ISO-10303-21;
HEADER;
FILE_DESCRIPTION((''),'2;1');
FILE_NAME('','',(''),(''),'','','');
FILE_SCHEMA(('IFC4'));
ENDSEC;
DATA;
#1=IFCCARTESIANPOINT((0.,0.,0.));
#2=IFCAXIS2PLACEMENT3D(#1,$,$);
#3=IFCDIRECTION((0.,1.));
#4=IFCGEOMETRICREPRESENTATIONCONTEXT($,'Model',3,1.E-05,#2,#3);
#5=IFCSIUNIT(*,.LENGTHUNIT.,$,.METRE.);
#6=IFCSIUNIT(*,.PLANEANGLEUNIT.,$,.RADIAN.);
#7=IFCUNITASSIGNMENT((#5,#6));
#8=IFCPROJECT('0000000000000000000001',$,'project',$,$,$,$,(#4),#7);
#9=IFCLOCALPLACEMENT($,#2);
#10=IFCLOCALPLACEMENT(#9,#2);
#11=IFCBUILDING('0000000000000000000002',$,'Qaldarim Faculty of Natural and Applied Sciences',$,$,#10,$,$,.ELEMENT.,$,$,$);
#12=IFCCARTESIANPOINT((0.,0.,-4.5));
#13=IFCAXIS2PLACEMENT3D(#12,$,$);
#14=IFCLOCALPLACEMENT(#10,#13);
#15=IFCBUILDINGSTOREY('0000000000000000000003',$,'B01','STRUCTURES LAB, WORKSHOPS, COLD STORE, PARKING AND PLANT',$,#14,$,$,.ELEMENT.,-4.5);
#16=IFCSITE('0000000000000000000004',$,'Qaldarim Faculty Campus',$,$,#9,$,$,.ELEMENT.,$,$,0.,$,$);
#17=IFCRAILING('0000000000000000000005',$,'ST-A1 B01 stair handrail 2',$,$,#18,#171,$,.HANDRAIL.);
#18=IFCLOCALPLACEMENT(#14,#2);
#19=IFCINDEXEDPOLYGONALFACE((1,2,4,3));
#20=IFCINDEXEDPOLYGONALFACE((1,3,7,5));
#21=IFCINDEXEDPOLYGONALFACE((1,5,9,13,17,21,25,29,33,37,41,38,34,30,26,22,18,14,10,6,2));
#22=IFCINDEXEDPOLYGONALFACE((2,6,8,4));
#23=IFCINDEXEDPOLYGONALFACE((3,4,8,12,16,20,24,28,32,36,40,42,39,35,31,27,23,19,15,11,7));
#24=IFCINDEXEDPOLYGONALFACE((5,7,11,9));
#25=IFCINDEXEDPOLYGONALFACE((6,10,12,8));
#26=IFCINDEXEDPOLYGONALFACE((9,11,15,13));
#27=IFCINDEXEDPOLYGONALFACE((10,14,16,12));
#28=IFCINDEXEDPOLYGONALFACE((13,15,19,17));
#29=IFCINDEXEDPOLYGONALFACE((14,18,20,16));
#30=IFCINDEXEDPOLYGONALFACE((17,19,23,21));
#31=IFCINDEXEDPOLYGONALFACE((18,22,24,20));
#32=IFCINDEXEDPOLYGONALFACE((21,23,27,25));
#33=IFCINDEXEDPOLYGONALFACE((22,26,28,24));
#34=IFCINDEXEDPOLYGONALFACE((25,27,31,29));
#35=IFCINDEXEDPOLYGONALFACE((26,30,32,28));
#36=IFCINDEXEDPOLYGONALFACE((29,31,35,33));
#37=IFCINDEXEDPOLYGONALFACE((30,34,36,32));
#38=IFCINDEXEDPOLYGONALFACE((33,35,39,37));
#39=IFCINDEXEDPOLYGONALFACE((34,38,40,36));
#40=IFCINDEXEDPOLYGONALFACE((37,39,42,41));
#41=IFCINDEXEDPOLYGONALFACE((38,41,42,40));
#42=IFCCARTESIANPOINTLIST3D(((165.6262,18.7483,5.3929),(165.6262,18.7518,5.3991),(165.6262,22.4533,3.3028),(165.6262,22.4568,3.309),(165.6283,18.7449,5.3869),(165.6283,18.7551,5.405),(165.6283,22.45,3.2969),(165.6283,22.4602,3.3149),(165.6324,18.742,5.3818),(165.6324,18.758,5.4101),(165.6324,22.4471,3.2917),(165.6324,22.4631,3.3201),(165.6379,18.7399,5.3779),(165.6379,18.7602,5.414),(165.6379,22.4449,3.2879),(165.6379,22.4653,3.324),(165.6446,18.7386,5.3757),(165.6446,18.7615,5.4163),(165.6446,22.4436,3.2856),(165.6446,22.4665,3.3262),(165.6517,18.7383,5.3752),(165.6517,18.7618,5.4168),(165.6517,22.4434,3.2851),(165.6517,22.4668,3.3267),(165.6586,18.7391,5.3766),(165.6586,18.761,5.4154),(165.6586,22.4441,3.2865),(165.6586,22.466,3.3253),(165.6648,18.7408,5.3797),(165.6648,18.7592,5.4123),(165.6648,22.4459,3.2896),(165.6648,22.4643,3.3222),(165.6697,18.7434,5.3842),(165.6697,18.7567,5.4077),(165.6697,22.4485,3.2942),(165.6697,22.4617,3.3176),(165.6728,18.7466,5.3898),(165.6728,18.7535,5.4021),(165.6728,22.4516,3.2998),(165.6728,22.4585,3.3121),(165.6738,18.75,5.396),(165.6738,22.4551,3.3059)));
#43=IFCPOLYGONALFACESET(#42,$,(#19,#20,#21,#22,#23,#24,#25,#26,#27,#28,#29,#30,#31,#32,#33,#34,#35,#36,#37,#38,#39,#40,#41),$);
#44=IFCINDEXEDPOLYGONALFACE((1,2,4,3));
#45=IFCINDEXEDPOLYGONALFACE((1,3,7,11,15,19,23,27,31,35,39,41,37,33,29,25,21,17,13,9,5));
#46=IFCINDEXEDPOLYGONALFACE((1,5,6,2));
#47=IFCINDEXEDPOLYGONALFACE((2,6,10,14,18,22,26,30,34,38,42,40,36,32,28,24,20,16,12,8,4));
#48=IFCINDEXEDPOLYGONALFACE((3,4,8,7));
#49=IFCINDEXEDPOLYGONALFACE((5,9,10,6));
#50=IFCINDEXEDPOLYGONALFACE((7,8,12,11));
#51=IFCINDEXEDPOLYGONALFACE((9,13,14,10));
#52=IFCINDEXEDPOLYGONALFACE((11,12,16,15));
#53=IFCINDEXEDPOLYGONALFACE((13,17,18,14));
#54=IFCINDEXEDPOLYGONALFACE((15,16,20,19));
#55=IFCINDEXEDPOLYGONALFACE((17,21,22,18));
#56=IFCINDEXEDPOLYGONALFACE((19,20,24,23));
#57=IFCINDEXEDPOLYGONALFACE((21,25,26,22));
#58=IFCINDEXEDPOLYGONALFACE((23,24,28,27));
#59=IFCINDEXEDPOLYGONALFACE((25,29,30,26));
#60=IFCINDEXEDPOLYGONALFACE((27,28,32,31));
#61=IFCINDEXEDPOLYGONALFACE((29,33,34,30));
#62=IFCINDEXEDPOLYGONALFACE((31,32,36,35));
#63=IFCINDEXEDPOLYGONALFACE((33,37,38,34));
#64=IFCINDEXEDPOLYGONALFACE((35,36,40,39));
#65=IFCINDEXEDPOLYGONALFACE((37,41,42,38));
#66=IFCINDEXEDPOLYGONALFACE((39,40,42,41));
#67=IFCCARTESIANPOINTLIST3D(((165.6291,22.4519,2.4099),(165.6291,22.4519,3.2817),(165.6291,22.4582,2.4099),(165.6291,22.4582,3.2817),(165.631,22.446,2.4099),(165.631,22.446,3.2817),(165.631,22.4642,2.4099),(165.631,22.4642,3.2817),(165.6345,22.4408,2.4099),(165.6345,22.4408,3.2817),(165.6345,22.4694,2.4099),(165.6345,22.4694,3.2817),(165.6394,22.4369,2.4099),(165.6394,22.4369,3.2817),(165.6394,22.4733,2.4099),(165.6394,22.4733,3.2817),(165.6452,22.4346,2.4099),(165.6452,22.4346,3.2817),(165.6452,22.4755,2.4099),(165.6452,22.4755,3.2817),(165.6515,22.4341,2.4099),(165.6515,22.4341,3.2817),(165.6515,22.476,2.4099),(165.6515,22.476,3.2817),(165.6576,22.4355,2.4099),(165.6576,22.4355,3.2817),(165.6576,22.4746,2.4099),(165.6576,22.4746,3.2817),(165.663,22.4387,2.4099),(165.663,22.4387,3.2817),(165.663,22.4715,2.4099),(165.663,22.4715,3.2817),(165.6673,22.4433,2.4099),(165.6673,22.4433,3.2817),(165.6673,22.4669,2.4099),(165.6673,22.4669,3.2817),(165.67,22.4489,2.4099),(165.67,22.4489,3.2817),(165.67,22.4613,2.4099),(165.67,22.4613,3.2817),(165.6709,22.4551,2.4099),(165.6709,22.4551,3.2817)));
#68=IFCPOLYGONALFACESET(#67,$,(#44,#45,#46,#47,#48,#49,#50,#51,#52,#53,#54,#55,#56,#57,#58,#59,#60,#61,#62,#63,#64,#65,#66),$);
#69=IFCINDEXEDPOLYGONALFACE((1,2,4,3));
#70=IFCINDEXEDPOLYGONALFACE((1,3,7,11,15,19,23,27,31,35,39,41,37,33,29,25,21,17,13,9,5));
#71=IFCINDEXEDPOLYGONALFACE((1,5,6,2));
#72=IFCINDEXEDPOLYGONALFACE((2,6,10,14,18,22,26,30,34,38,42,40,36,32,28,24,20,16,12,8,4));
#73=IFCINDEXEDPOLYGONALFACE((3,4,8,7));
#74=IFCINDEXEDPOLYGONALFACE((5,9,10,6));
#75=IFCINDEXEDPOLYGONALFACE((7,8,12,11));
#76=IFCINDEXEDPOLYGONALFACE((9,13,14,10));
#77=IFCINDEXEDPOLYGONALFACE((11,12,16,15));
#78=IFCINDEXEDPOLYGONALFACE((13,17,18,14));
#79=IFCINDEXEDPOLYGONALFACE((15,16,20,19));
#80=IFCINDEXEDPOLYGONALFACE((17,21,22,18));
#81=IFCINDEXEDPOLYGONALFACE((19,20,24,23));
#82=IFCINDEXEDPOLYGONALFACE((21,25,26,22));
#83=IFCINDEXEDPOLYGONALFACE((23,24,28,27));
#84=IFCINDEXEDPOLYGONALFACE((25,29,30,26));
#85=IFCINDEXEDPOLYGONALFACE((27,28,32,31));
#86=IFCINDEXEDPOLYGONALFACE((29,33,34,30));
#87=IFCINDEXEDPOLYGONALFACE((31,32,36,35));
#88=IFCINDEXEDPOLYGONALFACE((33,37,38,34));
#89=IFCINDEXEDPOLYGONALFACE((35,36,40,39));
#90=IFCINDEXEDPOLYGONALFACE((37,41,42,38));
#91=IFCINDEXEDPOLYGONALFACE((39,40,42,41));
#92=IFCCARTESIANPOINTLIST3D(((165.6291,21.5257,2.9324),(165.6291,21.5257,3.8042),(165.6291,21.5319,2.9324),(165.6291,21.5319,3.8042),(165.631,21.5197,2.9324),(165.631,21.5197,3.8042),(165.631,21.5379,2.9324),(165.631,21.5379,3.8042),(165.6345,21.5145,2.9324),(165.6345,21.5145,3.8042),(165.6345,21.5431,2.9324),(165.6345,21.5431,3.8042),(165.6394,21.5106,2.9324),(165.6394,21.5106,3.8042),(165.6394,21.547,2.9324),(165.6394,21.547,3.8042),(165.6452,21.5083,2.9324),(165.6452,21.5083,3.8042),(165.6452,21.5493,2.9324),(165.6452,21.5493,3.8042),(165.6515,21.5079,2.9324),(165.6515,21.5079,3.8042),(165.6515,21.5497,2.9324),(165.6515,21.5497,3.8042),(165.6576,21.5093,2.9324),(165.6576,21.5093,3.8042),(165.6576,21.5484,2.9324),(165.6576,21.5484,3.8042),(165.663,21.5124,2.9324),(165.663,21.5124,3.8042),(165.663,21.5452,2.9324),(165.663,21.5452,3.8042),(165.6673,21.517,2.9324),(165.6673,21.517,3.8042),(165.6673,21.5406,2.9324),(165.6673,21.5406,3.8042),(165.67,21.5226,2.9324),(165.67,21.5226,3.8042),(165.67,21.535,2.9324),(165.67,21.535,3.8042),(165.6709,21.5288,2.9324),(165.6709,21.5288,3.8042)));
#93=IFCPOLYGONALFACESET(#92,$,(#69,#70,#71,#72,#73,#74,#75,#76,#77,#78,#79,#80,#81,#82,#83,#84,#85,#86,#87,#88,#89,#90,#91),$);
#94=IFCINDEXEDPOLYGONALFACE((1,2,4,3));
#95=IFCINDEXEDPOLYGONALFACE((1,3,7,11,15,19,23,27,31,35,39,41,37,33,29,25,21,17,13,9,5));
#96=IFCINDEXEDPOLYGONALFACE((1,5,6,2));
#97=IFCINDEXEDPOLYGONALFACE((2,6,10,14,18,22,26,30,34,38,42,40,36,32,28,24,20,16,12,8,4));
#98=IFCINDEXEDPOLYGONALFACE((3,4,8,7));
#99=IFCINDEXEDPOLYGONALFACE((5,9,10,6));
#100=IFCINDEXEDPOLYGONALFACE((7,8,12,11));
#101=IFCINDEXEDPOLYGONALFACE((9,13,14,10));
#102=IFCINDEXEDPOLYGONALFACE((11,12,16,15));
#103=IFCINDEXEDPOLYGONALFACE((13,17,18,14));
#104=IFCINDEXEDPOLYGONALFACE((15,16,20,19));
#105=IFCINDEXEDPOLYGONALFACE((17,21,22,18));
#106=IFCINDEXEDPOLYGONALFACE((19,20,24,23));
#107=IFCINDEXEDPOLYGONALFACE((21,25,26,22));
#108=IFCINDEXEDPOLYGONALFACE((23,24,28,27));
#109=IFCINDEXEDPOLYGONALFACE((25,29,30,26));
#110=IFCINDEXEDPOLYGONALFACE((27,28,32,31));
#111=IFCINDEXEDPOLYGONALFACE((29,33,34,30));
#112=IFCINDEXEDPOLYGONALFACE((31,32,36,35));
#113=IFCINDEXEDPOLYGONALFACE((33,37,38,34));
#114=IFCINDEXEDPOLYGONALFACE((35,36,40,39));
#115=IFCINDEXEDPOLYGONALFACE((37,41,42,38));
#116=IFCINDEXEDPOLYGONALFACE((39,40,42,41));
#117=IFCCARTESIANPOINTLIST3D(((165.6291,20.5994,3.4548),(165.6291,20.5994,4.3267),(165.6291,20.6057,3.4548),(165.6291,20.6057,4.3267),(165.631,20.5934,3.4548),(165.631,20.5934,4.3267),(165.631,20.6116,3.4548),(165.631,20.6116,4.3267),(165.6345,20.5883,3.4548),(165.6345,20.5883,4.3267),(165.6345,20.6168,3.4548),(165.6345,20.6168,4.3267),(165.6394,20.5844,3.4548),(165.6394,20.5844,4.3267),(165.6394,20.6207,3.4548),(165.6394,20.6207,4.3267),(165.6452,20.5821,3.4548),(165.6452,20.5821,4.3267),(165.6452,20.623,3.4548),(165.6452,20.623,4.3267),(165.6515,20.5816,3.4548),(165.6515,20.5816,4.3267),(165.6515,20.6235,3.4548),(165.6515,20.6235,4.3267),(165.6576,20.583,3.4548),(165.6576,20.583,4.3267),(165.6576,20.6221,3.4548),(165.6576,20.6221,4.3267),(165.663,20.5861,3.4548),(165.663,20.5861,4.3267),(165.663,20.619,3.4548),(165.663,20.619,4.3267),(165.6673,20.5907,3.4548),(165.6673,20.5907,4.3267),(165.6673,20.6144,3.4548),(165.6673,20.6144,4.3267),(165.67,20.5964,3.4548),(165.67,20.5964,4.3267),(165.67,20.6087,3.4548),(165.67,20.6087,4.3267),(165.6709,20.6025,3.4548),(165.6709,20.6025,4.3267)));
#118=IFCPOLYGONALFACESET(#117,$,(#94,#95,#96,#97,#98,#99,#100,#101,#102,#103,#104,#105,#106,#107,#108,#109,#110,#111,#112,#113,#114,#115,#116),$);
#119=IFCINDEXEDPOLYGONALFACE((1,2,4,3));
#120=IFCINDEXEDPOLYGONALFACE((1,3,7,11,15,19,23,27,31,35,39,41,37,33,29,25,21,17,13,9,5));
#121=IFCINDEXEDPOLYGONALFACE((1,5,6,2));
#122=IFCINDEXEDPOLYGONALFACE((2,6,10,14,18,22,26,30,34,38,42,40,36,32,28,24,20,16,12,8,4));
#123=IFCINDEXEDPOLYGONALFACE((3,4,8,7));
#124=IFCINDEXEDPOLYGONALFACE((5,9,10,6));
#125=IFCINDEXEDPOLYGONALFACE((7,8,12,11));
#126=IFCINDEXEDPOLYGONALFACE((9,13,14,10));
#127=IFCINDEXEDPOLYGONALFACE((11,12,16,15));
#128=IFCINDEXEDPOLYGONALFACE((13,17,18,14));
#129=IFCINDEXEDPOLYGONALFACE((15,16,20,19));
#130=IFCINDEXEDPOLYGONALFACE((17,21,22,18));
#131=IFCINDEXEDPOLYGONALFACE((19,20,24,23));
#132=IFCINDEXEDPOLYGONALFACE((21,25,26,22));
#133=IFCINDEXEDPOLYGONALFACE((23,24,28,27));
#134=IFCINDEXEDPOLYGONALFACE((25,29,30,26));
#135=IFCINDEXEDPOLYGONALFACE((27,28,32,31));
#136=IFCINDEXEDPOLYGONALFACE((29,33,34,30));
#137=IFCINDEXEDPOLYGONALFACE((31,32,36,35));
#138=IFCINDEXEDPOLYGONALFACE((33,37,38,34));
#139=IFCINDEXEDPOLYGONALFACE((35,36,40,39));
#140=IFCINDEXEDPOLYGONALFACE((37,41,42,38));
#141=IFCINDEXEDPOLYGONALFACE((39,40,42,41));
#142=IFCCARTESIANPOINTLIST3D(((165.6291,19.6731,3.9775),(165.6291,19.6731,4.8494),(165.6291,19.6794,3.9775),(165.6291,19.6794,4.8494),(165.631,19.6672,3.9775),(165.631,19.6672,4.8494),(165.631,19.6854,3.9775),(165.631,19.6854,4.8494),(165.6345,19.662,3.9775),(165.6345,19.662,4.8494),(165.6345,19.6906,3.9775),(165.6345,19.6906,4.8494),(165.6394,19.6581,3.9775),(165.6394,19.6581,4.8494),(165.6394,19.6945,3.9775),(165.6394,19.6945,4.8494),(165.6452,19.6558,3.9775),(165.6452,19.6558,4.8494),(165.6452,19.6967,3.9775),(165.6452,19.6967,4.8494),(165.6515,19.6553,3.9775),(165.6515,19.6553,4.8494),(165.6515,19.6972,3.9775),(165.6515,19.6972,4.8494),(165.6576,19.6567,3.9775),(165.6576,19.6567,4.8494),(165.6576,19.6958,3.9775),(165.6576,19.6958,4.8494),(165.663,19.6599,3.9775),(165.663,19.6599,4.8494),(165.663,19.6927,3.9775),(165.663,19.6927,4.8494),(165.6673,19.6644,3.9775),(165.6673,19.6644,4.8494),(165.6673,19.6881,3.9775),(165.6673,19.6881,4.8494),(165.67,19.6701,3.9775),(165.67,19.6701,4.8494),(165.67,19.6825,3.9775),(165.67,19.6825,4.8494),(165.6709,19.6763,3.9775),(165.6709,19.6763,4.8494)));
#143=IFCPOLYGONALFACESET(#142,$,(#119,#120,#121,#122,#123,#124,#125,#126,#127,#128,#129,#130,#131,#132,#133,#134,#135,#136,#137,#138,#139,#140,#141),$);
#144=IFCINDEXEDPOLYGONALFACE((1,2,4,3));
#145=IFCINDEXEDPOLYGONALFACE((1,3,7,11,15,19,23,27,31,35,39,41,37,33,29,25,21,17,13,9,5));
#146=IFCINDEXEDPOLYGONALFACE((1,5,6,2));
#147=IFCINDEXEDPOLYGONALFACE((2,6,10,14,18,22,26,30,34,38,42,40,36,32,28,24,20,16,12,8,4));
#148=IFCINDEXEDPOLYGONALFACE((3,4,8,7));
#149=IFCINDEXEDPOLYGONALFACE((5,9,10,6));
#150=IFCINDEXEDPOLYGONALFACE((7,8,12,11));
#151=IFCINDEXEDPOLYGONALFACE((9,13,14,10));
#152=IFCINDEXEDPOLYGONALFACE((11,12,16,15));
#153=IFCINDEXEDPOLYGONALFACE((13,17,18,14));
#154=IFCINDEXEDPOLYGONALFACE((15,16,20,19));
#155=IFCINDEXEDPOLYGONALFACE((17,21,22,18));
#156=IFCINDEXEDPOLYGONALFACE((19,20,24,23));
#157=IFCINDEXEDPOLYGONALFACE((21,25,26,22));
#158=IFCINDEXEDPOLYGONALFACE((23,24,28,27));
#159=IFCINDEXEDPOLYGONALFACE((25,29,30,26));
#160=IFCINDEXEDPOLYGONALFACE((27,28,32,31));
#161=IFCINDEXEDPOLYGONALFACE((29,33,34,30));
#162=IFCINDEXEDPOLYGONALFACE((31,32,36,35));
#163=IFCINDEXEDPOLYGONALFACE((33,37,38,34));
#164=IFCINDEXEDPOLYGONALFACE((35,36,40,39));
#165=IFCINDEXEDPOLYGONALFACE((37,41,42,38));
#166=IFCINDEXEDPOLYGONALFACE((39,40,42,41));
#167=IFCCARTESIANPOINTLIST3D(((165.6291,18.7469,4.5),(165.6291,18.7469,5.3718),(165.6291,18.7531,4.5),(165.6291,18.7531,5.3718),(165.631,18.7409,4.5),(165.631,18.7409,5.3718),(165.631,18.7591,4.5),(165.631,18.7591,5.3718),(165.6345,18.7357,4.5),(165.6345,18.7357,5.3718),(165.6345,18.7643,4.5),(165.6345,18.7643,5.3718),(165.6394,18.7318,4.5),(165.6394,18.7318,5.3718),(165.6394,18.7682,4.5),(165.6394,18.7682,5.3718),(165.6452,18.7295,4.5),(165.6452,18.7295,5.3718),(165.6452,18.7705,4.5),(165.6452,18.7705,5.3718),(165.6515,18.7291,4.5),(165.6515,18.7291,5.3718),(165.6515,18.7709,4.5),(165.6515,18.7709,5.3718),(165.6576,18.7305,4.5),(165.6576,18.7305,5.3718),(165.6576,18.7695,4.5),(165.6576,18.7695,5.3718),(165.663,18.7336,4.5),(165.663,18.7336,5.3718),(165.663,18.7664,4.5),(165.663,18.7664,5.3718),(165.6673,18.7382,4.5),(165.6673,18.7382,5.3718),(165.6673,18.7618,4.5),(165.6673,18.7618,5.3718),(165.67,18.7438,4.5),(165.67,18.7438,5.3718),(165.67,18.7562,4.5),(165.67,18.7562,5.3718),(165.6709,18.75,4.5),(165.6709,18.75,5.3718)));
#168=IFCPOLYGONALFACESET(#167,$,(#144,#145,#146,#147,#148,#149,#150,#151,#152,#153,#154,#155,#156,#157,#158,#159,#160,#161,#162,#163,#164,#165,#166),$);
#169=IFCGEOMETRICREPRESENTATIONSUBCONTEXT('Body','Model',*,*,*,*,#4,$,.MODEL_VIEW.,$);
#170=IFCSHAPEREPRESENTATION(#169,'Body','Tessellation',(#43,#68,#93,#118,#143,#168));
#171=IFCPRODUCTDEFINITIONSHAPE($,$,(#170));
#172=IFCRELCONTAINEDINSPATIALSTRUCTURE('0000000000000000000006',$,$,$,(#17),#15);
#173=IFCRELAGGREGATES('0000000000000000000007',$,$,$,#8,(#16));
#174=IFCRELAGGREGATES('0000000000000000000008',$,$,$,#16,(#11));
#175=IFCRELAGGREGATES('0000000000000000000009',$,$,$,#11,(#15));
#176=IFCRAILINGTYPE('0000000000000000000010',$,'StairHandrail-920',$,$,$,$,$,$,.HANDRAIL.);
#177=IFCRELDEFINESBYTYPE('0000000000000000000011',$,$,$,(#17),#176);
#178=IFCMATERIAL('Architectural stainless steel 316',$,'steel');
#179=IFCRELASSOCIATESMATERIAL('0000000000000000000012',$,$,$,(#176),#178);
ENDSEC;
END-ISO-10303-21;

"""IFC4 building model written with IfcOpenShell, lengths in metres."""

from ifc_helpers import new_model, si_unit, direction, frame, origin, origin_2d, place, context, subcontext, project, spatial, circle, extrude, material, type_object, element, save


model = new_model("IFC4")

# Units and contexts
model_context = context("Model", 3, precision=1e-05, world=origin(), true_north=direction((0.0, 1.0)))
body_context = subcontext(model_context, "Body", "Model", "MODEL_VIEW")
ifc_project = project(units=[si_unit("LENGTHUNIT", "METRE"), si_unit("PLANEANGLEUNIT", "RADIAN")], contexts=[model_context])

# Site, building, storey
site_placement = place(None, origin())
site = spatial("IfcSite", under=ifc_project, at=site_placement, Name="Qaldarim Faculty Campus", CompositionType="ELEMENT", RefElevation=0.0)
building_placement = place(site_placement, origin())
building = spatial("IfcBuilding", under=site, at=building_placement, Name="Qaldarim Faculty of Natural and Applied Sciences", CompositionType="ELEMENT")
storey_placement = place(building_placement, frame((0.0, 0.0, -4.5)))
storey = spatial("IfcBuildingStorey", under=building, at=storey_placement, Name="B01", Description="STRUCTURES LAB, WORKSHOPS, COLD STORE, PARKING AND PLANT", CompositionType="ELEMENT", Elevation=-4.5)

# Railing
ifc_material_1 = material(Name="Architectural stainless steel 316", Category="steel")
railing_type_1 = type_object("IfcRailingType", Name="StairHandrail-920", PredefinedType="HANDRAIL", material=ifc_material_1)
railing_1_placement = place(storey_placement, frame((165.6499, 22.4551, 2.4099)))
element("IfcRailing", 1, at=railing_1_placement, inside=storey, type_object=railing_type_1, Name="ST-A1 B01 stair handrail 2", PredefinedType="HANDRAIL", context=body_context, shape_type="SweptSolid", body=[
    extrude(circle(Radius=0.0239, at=origin_2d()), frame((0.0, 0.0, 0.896), z_axis=(0.0, -0.870974, 0.491329), x_axis=(1.0, 0.0, 0.0)), (0.0, 0.0, 1.0), 4.2539),
    extrude(circle(Radius=0.021, at=origin_2d()), origin(), (0.0, 0.0, 1.0), 0.8718),
    extrude(circle(Radius=0.021, at=origin_2d()), frame((0.0, -0.9263, 0.5225)), (0.0, 0.0, 1.0), 0.8718),
    extrude(circle(Radius=0.021, at=origin_2d()), frame((0.0, -1.8525, 1.0449)), (0.0, 0.0, 1.0), 0.8718),
    extrude(circle(Radius=0.021, at=origin_2d()), frame((0.0, -2.7788, 1.5676)), (0.0, 0.0, 1.0), 0.8718),
    extrude(circle(Radius=0.021, at=origin_2d()), frame((0.0, -3.7051, 2.0901)), (0.0, 0.0, 1.0), 0.8718),
])

save(model, "model.ifc")
